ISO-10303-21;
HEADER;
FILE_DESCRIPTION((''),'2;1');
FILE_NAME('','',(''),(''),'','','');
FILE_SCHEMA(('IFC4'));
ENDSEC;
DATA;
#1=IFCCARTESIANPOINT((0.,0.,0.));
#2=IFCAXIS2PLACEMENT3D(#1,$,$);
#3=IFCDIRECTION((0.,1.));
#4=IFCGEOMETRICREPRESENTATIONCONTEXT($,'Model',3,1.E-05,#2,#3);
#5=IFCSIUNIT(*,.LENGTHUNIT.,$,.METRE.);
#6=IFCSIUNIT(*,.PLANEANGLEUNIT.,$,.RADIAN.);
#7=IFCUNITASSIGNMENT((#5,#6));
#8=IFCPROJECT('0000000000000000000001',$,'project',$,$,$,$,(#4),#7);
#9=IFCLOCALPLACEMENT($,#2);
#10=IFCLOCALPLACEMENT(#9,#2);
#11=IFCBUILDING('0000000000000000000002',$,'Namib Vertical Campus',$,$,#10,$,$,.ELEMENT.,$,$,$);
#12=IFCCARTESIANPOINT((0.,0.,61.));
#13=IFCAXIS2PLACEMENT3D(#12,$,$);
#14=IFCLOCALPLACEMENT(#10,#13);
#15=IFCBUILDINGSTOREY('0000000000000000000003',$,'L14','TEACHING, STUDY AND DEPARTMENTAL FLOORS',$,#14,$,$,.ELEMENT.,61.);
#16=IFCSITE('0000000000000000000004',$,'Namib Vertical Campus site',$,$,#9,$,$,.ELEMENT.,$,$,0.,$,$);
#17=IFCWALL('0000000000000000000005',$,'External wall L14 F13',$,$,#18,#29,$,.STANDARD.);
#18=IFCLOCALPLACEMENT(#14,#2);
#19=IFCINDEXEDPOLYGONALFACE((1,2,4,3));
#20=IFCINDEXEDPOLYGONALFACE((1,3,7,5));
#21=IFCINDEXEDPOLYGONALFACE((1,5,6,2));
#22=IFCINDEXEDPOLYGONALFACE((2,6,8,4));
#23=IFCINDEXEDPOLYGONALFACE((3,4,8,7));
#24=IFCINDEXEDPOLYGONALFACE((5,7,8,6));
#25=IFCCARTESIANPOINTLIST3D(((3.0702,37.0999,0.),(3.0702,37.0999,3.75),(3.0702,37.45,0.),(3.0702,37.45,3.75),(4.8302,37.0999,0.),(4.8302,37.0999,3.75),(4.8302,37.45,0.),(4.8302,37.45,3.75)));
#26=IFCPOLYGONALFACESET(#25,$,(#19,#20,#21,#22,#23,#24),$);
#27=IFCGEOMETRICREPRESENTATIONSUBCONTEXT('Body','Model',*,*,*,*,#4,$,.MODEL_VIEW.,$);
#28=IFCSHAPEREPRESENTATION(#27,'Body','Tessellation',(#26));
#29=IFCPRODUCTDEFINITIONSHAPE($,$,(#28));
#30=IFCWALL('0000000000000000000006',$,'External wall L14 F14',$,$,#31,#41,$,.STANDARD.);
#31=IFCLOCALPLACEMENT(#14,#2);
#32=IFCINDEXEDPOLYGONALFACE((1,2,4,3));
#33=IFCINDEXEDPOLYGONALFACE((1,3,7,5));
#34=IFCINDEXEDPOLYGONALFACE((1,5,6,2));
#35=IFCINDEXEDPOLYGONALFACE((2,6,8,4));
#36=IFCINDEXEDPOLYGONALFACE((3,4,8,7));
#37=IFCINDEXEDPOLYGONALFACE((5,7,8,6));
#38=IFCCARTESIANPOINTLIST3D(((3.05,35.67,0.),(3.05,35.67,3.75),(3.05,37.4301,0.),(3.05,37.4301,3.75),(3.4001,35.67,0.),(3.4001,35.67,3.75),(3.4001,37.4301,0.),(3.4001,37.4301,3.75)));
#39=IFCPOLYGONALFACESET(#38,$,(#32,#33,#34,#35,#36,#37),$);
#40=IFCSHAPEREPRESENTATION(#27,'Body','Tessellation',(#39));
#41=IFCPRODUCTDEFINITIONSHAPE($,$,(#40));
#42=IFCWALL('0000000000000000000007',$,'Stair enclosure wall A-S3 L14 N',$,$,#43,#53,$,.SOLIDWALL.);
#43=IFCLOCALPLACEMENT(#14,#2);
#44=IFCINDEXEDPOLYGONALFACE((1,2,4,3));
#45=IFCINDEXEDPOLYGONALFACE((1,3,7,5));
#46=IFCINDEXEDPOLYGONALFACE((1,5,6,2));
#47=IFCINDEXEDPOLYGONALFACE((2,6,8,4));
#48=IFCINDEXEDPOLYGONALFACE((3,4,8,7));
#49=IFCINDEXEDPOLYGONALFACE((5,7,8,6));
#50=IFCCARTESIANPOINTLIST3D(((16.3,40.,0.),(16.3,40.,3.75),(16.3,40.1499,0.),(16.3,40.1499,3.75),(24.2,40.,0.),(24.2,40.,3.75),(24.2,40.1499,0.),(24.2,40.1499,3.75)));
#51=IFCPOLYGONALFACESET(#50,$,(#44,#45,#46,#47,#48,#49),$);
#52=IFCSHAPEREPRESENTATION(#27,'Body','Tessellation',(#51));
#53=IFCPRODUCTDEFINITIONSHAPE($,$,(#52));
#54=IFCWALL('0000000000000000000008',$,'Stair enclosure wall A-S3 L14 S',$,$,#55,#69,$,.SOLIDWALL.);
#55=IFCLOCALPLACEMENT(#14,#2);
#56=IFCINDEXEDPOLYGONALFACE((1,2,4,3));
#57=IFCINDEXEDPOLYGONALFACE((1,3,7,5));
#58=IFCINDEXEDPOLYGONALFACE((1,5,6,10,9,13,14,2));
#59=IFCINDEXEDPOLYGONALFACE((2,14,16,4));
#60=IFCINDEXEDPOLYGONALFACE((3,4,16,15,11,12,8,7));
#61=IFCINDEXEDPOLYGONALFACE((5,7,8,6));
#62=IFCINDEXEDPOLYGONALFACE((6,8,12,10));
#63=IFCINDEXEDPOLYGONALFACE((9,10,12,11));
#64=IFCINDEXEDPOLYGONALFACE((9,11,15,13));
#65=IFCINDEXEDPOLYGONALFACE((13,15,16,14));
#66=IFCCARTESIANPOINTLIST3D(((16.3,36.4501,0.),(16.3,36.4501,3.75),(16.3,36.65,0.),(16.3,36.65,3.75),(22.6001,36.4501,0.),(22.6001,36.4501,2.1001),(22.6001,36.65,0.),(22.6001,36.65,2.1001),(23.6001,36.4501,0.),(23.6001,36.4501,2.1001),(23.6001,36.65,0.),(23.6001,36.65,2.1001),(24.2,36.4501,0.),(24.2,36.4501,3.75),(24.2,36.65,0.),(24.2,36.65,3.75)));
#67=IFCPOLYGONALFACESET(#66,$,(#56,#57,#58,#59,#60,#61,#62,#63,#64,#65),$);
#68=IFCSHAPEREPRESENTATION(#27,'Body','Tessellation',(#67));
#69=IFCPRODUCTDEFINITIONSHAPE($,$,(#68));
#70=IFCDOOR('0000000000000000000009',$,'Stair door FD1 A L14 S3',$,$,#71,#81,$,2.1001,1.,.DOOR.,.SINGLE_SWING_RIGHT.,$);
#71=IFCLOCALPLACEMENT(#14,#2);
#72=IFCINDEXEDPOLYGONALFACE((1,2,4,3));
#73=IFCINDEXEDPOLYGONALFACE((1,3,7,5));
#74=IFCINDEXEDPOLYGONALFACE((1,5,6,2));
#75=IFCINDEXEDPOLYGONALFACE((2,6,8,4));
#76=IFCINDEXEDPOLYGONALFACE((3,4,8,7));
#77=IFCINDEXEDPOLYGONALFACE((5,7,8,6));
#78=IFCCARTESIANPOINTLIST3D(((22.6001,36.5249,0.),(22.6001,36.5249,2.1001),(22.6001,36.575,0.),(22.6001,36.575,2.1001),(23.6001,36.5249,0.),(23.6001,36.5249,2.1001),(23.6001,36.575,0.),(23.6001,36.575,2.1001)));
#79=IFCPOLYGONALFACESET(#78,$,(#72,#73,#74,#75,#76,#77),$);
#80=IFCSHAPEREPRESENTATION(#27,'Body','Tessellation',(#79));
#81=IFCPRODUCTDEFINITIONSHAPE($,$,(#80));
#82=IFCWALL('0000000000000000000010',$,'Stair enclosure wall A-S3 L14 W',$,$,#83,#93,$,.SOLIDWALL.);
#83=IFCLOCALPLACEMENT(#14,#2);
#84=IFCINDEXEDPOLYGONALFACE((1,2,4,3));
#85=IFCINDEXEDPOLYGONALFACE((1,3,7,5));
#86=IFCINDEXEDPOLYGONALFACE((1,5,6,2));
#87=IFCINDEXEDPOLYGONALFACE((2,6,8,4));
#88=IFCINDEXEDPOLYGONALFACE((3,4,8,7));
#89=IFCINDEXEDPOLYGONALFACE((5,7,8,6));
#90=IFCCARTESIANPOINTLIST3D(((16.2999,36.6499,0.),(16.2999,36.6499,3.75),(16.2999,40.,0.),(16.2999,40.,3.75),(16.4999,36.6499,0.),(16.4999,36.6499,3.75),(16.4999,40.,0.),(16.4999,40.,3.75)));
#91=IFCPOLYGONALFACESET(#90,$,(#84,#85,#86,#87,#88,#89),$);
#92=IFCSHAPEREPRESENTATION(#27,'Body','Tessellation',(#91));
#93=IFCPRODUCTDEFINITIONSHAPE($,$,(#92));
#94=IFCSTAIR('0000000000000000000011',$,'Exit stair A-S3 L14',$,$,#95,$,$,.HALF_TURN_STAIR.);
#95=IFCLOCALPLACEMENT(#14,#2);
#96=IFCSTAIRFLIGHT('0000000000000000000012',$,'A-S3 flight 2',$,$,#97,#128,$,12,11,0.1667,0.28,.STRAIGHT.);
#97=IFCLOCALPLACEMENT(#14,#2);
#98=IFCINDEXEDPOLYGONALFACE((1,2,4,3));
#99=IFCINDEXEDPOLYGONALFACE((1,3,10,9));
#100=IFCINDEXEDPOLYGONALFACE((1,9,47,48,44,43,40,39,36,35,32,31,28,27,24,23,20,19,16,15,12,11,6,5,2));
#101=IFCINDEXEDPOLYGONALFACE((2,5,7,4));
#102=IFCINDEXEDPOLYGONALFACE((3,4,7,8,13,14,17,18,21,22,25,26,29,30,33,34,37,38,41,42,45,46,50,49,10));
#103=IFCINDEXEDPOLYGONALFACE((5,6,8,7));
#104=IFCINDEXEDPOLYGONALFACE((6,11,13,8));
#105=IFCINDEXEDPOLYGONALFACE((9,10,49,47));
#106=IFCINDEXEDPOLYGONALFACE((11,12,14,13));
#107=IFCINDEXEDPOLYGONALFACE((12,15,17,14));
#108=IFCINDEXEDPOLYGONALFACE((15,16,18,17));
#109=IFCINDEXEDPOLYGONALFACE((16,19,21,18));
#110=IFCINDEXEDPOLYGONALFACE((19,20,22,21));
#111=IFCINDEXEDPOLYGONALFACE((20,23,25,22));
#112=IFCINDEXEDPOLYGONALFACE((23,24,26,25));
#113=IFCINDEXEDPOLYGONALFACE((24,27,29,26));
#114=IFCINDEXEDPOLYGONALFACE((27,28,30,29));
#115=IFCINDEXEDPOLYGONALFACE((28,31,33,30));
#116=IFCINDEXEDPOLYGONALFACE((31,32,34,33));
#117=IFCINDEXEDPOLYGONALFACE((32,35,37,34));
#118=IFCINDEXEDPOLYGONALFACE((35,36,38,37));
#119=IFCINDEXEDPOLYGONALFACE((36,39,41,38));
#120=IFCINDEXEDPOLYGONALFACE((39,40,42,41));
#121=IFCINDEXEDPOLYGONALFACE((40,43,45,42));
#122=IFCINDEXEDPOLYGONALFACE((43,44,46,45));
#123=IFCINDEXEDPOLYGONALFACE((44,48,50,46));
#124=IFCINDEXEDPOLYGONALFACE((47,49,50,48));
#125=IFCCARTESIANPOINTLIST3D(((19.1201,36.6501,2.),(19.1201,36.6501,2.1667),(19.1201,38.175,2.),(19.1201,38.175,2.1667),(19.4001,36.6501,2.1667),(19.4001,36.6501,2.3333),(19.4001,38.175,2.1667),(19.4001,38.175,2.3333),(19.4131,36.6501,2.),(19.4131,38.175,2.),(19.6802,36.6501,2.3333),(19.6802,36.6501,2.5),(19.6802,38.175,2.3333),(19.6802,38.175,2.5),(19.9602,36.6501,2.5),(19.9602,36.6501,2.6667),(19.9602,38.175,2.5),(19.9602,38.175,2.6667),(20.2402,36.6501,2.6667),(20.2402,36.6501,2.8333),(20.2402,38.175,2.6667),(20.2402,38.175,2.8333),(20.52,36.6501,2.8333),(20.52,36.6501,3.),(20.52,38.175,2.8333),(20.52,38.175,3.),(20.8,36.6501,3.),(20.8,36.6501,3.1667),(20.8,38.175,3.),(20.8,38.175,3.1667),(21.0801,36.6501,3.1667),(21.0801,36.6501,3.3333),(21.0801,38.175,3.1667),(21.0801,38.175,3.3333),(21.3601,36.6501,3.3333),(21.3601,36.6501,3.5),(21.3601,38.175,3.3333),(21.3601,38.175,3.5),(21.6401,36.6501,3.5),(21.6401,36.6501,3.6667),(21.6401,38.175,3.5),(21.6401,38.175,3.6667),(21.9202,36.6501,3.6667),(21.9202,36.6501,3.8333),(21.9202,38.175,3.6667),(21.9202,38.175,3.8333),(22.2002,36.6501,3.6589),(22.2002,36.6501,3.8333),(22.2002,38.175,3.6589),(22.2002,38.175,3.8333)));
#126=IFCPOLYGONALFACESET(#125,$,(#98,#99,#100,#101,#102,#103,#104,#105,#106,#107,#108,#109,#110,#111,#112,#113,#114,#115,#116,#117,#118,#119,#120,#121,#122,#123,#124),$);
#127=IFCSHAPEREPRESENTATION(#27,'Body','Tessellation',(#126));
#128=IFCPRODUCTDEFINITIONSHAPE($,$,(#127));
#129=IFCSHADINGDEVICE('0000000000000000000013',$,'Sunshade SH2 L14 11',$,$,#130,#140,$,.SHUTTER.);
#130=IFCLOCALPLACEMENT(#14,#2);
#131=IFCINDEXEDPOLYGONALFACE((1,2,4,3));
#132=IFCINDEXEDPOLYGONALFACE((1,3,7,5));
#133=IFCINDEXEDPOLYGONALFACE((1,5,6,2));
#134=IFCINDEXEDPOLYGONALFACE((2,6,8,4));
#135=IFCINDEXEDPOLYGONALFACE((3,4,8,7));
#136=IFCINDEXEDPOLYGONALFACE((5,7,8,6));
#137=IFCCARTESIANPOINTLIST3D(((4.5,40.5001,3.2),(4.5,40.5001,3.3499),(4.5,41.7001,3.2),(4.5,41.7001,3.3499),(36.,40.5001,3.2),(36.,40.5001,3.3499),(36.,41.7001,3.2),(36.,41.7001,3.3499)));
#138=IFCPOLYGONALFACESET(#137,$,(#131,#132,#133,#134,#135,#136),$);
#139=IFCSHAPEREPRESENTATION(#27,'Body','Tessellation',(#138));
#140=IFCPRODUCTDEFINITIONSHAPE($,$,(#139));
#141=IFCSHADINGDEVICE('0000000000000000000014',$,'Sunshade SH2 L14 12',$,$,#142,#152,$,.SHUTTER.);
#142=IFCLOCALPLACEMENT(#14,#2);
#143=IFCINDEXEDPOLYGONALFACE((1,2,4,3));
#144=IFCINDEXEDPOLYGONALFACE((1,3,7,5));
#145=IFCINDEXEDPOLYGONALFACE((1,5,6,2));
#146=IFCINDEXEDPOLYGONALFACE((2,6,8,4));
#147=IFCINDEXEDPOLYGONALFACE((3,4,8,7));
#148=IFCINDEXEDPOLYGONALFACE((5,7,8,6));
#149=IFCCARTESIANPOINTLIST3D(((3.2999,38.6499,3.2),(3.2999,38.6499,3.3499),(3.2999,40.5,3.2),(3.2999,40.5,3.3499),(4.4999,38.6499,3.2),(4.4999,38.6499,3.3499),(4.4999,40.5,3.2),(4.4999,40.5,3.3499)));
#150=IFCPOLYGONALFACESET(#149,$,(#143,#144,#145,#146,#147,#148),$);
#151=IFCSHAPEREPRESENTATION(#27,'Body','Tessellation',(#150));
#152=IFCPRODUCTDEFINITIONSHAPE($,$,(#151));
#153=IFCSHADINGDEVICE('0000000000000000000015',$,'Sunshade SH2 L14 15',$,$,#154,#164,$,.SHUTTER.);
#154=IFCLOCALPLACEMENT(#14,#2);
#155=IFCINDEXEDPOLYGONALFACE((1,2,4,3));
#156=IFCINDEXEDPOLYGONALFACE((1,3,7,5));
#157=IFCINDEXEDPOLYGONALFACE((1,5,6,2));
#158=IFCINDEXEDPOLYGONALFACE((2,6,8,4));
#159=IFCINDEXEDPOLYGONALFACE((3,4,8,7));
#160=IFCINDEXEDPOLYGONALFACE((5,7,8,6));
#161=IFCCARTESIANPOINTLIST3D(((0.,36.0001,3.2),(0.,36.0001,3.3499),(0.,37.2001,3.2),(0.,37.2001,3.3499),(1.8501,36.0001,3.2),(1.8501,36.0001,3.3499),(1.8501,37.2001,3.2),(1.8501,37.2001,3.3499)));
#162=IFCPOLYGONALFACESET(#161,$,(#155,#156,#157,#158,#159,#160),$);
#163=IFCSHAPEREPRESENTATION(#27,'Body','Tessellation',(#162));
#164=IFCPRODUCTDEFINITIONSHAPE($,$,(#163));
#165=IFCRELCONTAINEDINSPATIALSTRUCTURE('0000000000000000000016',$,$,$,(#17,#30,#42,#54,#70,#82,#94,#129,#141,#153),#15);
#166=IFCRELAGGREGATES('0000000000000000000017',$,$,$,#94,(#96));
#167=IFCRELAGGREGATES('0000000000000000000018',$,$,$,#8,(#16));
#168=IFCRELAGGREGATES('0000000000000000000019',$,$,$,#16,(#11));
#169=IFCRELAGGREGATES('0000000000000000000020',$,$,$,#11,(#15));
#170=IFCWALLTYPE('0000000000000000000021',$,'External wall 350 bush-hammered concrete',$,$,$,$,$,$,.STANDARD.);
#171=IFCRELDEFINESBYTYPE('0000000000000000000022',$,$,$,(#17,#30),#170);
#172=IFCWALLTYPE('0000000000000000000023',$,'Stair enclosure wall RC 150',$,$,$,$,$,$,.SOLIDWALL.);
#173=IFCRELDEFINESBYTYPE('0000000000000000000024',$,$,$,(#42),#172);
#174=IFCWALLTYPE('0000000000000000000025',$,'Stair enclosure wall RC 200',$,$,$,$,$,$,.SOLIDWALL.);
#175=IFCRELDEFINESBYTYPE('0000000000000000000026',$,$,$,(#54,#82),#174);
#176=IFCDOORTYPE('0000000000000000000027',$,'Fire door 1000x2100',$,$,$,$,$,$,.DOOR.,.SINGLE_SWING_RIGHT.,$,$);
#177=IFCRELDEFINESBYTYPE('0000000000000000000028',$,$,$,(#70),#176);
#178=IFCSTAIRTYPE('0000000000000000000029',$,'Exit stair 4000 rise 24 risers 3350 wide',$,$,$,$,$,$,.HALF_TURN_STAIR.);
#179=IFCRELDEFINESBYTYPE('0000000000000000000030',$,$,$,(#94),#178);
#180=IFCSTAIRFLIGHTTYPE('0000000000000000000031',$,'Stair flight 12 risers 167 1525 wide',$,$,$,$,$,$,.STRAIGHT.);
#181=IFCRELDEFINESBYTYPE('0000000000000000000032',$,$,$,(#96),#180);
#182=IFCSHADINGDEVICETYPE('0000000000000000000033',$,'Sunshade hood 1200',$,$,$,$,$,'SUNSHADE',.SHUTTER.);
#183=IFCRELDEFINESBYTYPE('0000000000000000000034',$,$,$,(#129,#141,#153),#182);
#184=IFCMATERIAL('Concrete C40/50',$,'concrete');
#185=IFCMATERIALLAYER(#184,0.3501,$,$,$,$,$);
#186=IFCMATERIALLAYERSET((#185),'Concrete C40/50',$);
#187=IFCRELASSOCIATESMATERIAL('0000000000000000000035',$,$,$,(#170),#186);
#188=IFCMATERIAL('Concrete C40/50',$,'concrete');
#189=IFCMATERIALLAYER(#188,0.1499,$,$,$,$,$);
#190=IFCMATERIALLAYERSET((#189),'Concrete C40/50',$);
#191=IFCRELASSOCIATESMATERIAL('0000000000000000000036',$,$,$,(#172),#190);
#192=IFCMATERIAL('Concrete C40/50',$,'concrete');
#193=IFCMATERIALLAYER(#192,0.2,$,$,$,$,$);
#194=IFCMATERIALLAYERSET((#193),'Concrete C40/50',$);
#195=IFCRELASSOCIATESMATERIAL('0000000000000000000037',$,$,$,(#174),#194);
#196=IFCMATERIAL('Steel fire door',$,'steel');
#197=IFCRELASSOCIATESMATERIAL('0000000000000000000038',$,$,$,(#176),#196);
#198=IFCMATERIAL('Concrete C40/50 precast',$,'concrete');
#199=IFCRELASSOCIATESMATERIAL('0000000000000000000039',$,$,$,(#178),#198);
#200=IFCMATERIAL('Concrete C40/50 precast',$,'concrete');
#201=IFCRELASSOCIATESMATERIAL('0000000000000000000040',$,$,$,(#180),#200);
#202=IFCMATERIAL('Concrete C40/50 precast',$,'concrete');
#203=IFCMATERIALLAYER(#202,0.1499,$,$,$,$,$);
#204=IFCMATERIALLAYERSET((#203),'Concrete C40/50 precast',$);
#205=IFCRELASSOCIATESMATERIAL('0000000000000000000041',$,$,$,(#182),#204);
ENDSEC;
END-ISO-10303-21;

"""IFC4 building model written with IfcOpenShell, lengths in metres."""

from ifc_helpers import new_model, si_unit, direction, frame, frame_2d, origin, origin_2d, place, context, subcontext, project, spatial, polyline, rectangle, outline, extrude, material, layer, layer_set, type_object, element, fill, aggregate, save


model = new_model("IFC4")

# Units and contexts
model_context = context("Model", 3, precision=1e-05, world=origin(), true_north=direction((0.0, 1.0)))
body_context = subcontext(model_context, "Body", "Model", "MODEL_VIEW")
ifc_project = project(units=[si_unit("LENGTHUNIT", "METRE"), si_unit("PLANEANGLEUNIT", "RADIAN")], contexts=[model_context])

# Site, building, storey
site_placement = place(None, origin())
site = spatial("IfcSite", under=ifc_project, at=site_placement, Name="Namib Vertical Campus site", CompositionType="ELEMENT", RefElevation=0.0)
building_placement = place(site_placement, origin())
building = spatial("IfcBuilding", under=site, at=building_placement, Name="Namib Vertical Campus", CompositionType="ELEMENT")
storey_placement = place(building_placement, frame((0.0, 0.0, 61.0)))
storey = spatial("IfcBuildingStorey", under=building, at=storey_placement, Name="L14", Description="TEACHING, STUDY AND DEPARTMENTAL FLOORS", CompositionType="ELEMENT", Elevation=61.0)

# Walls
ifc_material_1 = material(Name="Concrete C40/50", Category="concrete")
ifc_layer_1 = layer(ifc_material_1, 0.3501)
ifc_layer_set_1 = layer_set([ifc_layer_1], Name="Concrete C40/50")
wall_type_1 = type_object("IfcWallType", Name="External wall 350 bush-hammered concrete", PredefinedType="STANDARD", material=ifc_layer_set_1)
for number, where, z_axis, x_axis, name in (
    (1, (4.8301, 37.2749, 0.0), (0.0, 0.0, 1.0), (-1.0, 0.0, 0.0), "External wall L14 F13"),
    (2, (3.2251, 37.4299, 0.0), (0.0, 0.0, 1.0), (0.0, -1.0, 0.0), "External wall L14 F14"),
):
    element("IfcWall", number, at=place(storey_placement, frame(where, z_axis=z_axis, x_axis=x_axis)), inside=storey, type_object=wall_type_1, Name=name, PredefinedType="STANDARD", context=body_context, shape_type="SweptSolid", body=[
        extrude(rectangle(XDim=1.76, YDim=0.3501, at=frame_2d((0.8799, 0.0))), origin(), (0.0, 0.0, 1.0), 3.75),
    ])
ifc_material_2 = material(Name="Concrete C40/50", Category="concrete")
ifc_layer_2 = layer(ifc_material_2, 0.1499)
ifc_layer_set_2 = layer_set([ifc_layer_2], Name="Concrete C40/50")
wall_type_2 = type_object("IfcWallType", Name="Stair enclosure wall RC 150", PredefinedType="SOLIDWALL", material=ifc_layer_set_2)
wall_1_placement = place(storey_placement, frame((16.3, 40.075, 0.0), z_axis=(0.0, 0.0, 1.0), x_axis=(1.0, 0.0, 0.0)))
element("IfcWall", 3, at=wall_1_placement, inside=storey, type_object=wall_type_2, Name="Stair enclosure wall A-S3 L14 N", PredefinedType="SOLIDWALL", context=body_context, shape_type="SweptSolid", body=[
    extrude(rectangle(XDim=7.8999, YDim=0.1499, at=frame_2d((3.95, 0.0))), origin(), (0.0, 0.0, 1.0), 3.75),
])

# Wall, opening, door
ifc_material_3 = material(Name="Concrete C40/50", Category="concrete")
ifc_layer_3 = layer(ifc_material_3, 0.2)
ifc_layer_set_3 = layer_set([ifc_layer_3], Name="Concrete C40/50")
wall_type_3 = type_object("IfcWallType", Name="Stair enclosure wall RC 200", PredefinedType="SOLIDWALL", material=ifc_layer_set_3)
wall_2_placement = place(storey_placement, frame((16.3, 36.55, 0.0), z_axis=(0.0, 0.0, 1.0), x_axis=(1.0, 0.0, 0.0)))
wall_2 = element("IfcWall", 4, at=wall_2_placement, inside=storey, type_object=wall_type_3, Name="Stair enclosure wall A-S3 L14 S", PredefinedType="SOLIDWALL", context=body_context, shape_type="SweptSolid", body=[
    extrude(rectangle(XDim=7.8999, YDim=0.2, at=frame_2d((3.95, 0.0))), origin(), (0.0, 0.0, 1.0), 3.75),
])
opening_placement = place(wall_2_placement, frame((6.3, 0.0, 0.0)))
opening = element("IfcOpeningElement", 5, at=opening_placement, cuts=wall_2, PredefinedType="OPENING", context=body_context, shape_type="SweptSolid", body=[
    extrude(rectangle(XDim=1.0, YDim=2.1001, at=frame_2d((0.5, 1.05))), frame((0.0, 0.1099, 0.0), z_axis=(0.0, -1.0, 0.0), x_axis=(1.0, 0.0, 0.0)), (0.0, 0.0, 1.0), 0.22),
])
ifc_material_4 = material(Name="Steel fire door", Category="steel")
door_type = type_object("IfcDoorType", Name="Fire door 1000x2100", OperationType="SINGLE_SWING_RIGHT", PredefinedType="DOOR", material=ifc_material_4)
door_placement = place(opening_placement, origin())
door = element("IfcDoor", 6, at=door_placement, inside=storey, type_object=door_type, Name="Stair door FD1 A L14 S3", OperationType="SINGLE_SWING_RIGHT", OverallHeight=2.1001, OverallWidth=1.0, PredefinedType="DOOR", context=body_context, shape_type="SweptSolid", body=[
    extrude(rectangle(XDim=1.0, YDim=2.1001, at=frame_2d((0.5, 1.05))), frame((0.0, 0.0249, 0.0), z_axis=(0.0, -1.0, 0.0), x_axis=(1.0, 0.0, 0.0)), (0.0, 0.0, 1.0), 0.05),
])
fill(opening, door)

# Wall
wall_3_placement = place(storey_placement, frame((16.3999, 36.6499, 0.0), z_axis=(0.0, 0.0, 1.0), x_axis=(0.0, 1.0, 0.0)))
element("IfcWall", 7, at=wall_3_placement, inside=storey, type_object=wall_type_3, Name="Stair enclosure wall A-S3 L14 W", PredefinedType="SOLIDWALL", context=body_context, shape_type="SweptSolid", body=[
    extrude(rectangle(XDim=3.3501, YDim=0.2, at=frame_2d((1.675, 0.0))), origin(), (0.0, 0.0, 1.0), 3.75),
])

# Stair, stair flight
ifc_material_5 = material(Name="Concrete C40/50 precast", Category="concrete")
stair_type = type_object("IfcStairType", Name="Exit stair 4000 rise 24 risers 3350 wide", PredefinedType="HALF_TURN_STAIR", material=ifc_material_5)
stair_placement = place(storey_placement, origin())
stair = element("IfcStair", 8, at=stair_placement, inside=storey, type_object=stair_type, Name="Exit stair A-S3 L14", PredefinedType="HALF_TURN_STAIR")
ifc_material_6 = material(Name="Concrete C40/50 precast", Category="concrete")
stair_flight_type = type_object("IfcStairFlightType", Name="Stair flight 12 risers 167 1525 wide", PredefinedType="STRAIGHT", material=ifc_material_6)
stair_flight_placement = place(storey_placement, frame((19.1201, 37.4126, 2.0), z_axis=(0.0, 0.0, 1.0), x_axis=(1.0, 0.0, 0.0)))
stair_flight = element("IfcStairFlight", 9, at=stair_flight_placement, type_object=stair_flight_type, Name="A-S3 flight 2", NumberOfRisers=12, NumberOfTreads=11, PredefinedType="STRAIGHT", RiserHeight=0.1667, TreadLength=0.28, context=body_context, shape_type="SweptSolid", body=[
    extrude(outline(polyline([(0.0, 0.0), (0.0, 0.1667), (0.28, 0.1667), (0.28, 0.3333), (0.5601, 0.3333), (0.5601, 0.5), (0.8401, 0.5), (0.8401, 0.6667), (1.1201, 0.6667), (1.1201, 0.8333), (1.3999, 0.8333), (1.3999, 1.0), (1.6799, 1.0), (1.6799, 1.1667), (1.96, 1.1667), (1.96, 1.3333), (2.24, 1.3333), (2.24, 1.5), (2.52, 1.5), (2.52, 1.6667), (2.8, 1.6667), (2.8, 1.8333), (3.0801, 1.8333), (3.0801, 2.0), (3.0801, 1.6589), (0.293, 0.0), (0.0, 0.0)])), frame((0.0, 0.7625, 0.0), z_axis=(0.0, -1.0, 0.0), x_axis=(1.0, 0.0, 0.0)), (0.0, 0.0, 1.0), 1.5249),
])
aggregate(stair, [stair_flight])

# Shading devices
ifc_material_7 = material(Name="Concrete C40/50 precast", Category="concrete")
ifc_layer_4 = layer(ifc_material_7, 0.1499)
ifc_layer_set_4 = layer_set([ifc_layer_4], Name="Concrete C40/50 precast")
shading_device_type = type_object("IfcShadingDeviceType", Name="Sunshade hood 1200", ElementType="SUNSHADE", PredefinedType="SHUTTER", material=ifc_layer_set_4)
shading_device_placement = place(storey_placement, frame((20.25, 41.1001, 3.2), z_axis=(0.0, 0.0, 1.0), x_axis=(-1.0, 0.0, 0.0)))
element("IfcShadingDevice", 10, at=shading_device_placement, inside=storey, type_object=shading_device_type, Name="Sunshade SH2 L14 11", PredefinedType="SHUTTER", context=body_context, shape_type="SweptSolid", body=[
    extrude(rectangle(XDim=31.5, YDim=1.2, at=origin_2d()), origin(), (0.0, 0.0, 1.0), 0.1499),
])
for number, where, z_axis, x_axis, name in (
    (11, (3.8999, 39.575, 3.2), (0.0, 0.0, 1.0), (0.0, -1.0, 0.0), "Sunshade SH2 L14 12"),
    (12, (0.925, 36.6001, 3.2), (0.0, 0.0, 1.0), (-1.0, 0.0, 0.0), "Sunshade SH2 L14 15"),
):
    element("IfcShadingDevice", number, at=place(storey_placement, frame(where, z_axis=z_axis, x_axis=x_axis)), inside=storey, type_object=shading_device_type, Name=name, PredefinedType="SHUTTER", context=body_context, shape_type="SweptSolid", body=[
        extrude(rectangle(XDim=1.8501, YDim=1.2, at=origin_2d()), origin(), (0.0, 0.0, 1.0), 0.1499),
    ])

save(model, "model.ifc")
